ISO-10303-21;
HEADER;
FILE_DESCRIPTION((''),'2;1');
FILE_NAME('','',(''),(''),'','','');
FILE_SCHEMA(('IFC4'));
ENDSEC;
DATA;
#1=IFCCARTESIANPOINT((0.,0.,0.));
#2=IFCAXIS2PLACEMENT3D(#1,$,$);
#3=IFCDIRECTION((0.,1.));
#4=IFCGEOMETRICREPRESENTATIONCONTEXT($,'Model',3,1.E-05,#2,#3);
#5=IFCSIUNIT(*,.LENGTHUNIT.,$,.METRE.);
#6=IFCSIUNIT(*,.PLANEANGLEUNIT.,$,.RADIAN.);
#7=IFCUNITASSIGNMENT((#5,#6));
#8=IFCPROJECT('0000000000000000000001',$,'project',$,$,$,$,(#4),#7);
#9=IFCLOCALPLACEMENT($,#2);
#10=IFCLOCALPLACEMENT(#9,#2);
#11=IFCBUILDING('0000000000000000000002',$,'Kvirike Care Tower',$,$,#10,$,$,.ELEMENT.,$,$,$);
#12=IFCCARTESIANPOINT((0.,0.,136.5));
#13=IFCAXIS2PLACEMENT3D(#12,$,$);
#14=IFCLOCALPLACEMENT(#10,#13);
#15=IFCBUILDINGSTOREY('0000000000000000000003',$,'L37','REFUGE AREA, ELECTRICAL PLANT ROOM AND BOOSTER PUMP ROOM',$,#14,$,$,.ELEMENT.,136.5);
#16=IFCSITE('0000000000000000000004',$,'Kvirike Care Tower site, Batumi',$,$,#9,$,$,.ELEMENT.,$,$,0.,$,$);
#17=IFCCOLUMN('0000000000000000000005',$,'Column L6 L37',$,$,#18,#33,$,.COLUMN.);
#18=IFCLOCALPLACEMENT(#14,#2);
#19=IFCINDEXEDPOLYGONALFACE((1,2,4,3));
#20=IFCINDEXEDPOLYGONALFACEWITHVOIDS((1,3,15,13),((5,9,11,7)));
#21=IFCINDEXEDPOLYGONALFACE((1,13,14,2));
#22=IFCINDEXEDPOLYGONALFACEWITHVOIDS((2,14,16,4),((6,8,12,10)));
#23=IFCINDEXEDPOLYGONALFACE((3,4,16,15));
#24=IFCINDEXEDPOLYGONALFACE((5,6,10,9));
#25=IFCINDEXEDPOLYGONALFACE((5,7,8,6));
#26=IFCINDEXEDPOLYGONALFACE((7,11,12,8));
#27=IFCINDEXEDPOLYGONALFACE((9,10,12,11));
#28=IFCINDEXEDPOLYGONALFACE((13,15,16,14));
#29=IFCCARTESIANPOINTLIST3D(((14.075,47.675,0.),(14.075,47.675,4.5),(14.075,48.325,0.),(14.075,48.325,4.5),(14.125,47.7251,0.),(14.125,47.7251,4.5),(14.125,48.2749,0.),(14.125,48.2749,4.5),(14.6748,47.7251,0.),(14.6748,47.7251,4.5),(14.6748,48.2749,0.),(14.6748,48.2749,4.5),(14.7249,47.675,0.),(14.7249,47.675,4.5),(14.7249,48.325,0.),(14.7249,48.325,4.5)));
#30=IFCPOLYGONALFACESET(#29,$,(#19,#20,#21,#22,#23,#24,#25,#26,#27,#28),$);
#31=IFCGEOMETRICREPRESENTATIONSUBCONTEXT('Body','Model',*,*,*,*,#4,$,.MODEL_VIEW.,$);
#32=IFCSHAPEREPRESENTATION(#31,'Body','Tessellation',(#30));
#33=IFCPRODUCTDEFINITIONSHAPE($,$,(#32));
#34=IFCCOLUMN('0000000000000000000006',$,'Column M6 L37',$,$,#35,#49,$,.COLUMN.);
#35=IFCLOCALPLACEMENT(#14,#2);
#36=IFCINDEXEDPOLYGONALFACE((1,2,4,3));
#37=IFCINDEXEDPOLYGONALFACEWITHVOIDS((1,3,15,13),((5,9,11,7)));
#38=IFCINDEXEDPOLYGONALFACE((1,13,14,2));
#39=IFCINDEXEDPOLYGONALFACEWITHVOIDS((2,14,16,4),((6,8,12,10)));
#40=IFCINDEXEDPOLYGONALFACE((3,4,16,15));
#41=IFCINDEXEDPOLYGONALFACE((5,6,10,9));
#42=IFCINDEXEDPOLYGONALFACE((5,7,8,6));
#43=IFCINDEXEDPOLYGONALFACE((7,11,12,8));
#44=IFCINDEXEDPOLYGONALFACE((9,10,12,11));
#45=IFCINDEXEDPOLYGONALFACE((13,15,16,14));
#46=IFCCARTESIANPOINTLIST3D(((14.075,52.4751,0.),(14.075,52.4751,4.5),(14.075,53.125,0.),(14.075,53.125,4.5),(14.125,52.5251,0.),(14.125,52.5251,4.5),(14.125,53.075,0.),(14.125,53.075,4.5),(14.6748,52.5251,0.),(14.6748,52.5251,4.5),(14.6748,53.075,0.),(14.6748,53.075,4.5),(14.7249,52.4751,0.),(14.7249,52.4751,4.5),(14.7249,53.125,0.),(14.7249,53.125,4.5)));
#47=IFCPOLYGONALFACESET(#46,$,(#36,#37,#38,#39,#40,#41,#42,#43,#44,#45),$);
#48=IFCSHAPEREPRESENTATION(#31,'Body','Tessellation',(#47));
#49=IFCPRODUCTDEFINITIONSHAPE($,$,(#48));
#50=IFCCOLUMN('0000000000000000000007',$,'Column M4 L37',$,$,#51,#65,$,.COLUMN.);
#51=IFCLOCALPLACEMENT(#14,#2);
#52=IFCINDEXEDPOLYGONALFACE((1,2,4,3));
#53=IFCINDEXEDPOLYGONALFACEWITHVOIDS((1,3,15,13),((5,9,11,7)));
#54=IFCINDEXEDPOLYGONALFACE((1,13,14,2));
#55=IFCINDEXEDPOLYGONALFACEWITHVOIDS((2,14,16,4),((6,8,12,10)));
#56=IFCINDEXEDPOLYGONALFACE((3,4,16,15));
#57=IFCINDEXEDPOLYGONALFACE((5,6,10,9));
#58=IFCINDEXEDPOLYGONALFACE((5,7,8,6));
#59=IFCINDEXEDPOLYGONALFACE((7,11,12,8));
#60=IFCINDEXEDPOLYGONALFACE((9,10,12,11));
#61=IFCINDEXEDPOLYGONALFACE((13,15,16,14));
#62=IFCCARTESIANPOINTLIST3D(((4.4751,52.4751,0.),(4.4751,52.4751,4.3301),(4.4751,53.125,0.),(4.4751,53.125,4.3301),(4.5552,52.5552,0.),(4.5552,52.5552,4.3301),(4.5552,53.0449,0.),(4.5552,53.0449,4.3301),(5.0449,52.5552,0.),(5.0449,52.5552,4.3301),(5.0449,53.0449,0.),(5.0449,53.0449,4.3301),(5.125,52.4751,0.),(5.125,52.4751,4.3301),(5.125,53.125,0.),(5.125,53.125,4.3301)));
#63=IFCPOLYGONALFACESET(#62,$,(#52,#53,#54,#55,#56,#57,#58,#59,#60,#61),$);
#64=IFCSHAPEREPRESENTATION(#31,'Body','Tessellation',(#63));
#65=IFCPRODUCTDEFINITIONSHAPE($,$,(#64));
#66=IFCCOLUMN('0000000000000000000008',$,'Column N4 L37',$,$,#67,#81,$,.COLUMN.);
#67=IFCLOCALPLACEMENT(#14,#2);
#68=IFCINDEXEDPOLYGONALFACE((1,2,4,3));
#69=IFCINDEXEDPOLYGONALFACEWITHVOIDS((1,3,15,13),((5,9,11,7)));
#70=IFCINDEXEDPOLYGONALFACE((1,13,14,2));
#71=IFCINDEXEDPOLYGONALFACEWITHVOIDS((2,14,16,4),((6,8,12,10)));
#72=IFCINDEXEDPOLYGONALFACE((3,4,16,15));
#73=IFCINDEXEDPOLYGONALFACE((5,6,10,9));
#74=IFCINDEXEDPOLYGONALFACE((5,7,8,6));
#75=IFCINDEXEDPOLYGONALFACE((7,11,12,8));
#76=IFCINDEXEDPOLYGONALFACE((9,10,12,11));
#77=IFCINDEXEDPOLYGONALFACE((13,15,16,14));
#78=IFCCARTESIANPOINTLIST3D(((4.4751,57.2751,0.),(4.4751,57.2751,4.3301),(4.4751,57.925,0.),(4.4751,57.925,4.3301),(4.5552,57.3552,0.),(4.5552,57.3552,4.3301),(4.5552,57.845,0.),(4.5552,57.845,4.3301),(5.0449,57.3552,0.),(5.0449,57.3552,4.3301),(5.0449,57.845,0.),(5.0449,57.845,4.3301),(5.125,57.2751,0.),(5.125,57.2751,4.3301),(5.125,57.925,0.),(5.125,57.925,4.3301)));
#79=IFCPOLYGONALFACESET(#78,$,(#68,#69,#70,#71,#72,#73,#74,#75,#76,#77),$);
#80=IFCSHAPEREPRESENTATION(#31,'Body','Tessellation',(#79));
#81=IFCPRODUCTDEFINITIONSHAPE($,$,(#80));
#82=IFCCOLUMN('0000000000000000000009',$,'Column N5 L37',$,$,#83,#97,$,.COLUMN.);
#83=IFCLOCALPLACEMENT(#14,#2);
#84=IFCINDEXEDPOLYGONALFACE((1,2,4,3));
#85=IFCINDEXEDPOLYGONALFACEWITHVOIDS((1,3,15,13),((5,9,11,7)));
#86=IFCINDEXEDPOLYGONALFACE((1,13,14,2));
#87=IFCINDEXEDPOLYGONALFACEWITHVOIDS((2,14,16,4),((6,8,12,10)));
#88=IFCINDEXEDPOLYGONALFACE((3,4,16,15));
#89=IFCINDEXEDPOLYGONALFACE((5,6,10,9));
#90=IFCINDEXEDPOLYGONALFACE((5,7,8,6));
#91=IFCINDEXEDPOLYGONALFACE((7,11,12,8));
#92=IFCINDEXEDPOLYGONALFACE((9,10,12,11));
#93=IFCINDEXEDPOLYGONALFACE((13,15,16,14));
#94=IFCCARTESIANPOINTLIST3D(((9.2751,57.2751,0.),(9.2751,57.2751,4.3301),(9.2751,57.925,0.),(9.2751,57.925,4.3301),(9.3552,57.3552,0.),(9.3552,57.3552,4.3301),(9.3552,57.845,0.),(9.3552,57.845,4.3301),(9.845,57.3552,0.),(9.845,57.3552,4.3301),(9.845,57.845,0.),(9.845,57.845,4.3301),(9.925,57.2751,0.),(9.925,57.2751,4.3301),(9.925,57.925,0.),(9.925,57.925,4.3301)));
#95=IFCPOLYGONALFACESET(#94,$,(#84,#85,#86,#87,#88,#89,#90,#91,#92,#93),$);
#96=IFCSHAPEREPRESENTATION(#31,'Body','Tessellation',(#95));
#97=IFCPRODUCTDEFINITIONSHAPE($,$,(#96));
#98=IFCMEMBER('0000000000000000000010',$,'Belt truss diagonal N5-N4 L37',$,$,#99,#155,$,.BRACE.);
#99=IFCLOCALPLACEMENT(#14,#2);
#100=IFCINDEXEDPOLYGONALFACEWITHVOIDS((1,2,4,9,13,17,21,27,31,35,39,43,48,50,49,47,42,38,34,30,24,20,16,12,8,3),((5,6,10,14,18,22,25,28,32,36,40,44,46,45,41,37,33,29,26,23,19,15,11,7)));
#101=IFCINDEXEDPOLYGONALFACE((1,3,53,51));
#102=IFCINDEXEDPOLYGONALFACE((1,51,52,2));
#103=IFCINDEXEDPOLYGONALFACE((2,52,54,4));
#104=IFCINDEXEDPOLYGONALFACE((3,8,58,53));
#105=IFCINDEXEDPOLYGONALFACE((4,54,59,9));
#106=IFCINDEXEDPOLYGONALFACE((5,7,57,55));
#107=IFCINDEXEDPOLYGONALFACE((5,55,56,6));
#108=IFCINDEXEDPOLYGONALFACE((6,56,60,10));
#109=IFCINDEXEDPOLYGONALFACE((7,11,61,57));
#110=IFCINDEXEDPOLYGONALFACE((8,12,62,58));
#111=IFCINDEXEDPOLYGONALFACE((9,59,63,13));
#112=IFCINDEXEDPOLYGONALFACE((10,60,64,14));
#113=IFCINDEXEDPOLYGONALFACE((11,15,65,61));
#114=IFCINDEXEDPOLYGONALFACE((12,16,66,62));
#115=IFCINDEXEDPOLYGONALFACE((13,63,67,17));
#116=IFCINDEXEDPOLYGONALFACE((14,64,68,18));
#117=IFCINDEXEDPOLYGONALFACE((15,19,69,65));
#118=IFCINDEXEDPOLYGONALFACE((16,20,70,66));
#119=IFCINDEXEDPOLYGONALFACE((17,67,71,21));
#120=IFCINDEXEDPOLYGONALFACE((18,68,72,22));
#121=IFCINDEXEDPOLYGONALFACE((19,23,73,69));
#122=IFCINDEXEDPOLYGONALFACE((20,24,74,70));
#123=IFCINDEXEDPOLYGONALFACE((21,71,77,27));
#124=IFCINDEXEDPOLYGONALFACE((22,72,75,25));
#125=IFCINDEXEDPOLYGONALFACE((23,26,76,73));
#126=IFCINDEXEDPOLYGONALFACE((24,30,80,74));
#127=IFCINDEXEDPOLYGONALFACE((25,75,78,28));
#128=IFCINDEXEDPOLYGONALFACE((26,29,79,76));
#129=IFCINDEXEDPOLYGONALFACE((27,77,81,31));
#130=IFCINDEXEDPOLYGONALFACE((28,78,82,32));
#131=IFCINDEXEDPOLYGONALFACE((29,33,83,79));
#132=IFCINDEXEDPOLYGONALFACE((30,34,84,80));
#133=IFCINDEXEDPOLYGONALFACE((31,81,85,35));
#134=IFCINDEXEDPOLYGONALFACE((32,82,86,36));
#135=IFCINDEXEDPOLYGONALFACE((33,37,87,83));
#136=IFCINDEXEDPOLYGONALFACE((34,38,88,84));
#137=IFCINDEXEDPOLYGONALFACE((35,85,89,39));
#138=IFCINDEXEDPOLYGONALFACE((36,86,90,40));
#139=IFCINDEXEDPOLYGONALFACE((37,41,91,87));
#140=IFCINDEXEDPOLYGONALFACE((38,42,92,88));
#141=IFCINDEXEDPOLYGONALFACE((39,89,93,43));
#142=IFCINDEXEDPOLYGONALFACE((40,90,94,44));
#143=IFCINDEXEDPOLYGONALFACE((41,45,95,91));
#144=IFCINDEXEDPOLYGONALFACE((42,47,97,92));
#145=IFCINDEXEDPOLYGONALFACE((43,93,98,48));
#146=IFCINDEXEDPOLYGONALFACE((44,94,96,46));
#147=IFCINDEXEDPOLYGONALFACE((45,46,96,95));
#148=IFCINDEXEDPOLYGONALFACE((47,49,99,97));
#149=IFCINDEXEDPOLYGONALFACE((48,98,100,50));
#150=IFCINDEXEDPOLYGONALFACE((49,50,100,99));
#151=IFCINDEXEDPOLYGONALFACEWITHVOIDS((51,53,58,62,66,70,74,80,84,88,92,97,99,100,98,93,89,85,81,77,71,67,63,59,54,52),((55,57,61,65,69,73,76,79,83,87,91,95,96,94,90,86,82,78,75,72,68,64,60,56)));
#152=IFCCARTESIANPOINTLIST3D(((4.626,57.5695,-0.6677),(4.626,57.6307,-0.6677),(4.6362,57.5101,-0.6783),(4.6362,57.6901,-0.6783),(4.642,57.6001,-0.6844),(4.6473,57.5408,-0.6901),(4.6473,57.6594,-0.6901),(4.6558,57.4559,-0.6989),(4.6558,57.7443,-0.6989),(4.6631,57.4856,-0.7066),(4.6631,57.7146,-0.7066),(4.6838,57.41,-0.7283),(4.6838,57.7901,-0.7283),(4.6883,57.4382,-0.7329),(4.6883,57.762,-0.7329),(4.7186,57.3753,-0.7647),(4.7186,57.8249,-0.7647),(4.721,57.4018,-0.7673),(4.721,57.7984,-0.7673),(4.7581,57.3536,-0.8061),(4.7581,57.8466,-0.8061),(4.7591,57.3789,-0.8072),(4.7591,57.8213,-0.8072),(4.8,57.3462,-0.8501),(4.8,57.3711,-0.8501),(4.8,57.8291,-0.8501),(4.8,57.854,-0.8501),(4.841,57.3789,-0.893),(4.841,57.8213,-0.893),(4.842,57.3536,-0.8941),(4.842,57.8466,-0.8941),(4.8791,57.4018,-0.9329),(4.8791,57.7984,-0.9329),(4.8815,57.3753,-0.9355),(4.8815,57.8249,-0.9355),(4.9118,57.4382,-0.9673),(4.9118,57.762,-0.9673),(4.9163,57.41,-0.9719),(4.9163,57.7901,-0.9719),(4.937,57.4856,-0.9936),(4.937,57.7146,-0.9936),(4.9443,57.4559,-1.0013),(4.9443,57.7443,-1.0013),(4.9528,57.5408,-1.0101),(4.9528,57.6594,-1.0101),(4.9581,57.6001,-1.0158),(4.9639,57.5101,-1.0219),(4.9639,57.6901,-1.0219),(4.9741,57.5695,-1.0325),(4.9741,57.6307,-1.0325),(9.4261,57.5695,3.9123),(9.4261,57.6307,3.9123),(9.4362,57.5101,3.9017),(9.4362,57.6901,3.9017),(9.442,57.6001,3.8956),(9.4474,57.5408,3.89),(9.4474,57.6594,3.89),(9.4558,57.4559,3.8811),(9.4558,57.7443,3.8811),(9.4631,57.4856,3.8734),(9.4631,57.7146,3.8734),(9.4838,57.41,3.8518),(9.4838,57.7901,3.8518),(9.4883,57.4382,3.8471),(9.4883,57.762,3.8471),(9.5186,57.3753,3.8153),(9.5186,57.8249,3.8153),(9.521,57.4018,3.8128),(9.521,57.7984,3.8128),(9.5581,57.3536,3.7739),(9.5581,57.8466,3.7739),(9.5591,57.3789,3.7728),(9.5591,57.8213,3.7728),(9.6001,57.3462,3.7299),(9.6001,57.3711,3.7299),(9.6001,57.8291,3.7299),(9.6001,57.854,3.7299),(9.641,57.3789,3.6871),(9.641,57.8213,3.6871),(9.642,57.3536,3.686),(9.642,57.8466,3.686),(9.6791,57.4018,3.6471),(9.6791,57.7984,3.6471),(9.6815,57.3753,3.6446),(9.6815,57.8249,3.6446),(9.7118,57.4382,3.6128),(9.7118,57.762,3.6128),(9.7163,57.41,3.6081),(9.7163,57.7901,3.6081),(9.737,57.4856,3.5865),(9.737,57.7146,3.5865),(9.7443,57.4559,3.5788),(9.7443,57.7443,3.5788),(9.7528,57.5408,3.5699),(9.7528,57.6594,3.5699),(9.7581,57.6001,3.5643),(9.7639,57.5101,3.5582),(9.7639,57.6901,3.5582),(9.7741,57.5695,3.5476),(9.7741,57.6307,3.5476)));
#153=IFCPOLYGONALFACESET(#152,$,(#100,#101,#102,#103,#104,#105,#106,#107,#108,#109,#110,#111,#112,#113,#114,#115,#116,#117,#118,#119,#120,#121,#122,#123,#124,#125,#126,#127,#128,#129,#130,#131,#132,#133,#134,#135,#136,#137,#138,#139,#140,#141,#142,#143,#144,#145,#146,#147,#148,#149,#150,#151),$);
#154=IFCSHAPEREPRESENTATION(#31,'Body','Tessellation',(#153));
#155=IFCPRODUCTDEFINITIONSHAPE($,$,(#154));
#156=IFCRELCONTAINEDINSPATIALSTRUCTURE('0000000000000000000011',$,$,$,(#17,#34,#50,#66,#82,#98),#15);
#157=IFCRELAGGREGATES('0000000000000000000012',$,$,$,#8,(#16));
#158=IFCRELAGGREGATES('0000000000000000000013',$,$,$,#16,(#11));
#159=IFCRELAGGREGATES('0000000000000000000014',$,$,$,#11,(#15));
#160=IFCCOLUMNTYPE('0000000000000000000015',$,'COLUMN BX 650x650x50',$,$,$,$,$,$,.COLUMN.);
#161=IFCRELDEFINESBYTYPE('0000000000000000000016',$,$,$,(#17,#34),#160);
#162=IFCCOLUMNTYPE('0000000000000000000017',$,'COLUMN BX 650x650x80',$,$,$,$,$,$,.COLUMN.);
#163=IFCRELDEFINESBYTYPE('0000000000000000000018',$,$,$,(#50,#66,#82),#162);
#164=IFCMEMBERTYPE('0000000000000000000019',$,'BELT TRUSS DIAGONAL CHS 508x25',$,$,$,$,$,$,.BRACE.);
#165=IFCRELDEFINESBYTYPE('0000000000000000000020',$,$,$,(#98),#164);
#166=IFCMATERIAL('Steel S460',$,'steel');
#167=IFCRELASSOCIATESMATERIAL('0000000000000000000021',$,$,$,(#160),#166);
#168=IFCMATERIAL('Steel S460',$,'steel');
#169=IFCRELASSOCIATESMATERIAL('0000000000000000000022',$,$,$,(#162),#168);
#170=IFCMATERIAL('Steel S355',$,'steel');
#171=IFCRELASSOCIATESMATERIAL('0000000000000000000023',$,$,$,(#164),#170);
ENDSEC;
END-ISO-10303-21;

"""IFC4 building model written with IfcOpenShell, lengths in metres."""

from ifc_helpers import new_model, si_unit, direction, frame, origin, origin_2d, place, context, subcontext, project, spatial, hollow_rectangle, hollow_circle, extrude, material, material_profile, profile_set, type_object, element, save


model = new_model("IFC4")

# Units and contexts
model_context = context("Model", 3, precision=1e-05, world=origin(), true_north=direction((0.0, 1.0)))
body_context = subcontext(model_context, "Body", "Model", "MODEL_VIEW")
ifc_project = project(units=[si_unit("LENGTHUNIT", "METRE"), si_unit("PLANEANGLEUNIT", "RADIAN")], contexts=[model_context])

# Site, building, storey
site_placement = place(None, origin())
site = spatial("IfcSite", under=ifc_project, at=site_placement, Name="Kvirike Care Tower site, Batumi", CompositionType="ELEMENT", RefElevation=0.0)
building_placement = place(site_placement, origin())
building = spatial("IfcBuilding", under=site, at=building_placement, Name="Kvirike Care Tower", CompositionType="ELEMENT")
storey_placement = place(building_placement, frame((0.0, 0.0, 136.5)))
storey = spatial("IfcBuildingStorey", under=building, at=storey_placement, Name="L37", Description="REFUGE AREA, ELECTRICAL PLANT ROOM AND BOOSTER PUMP ROOM", CompositionType="ELEMENT", Elevation=136.5)

# Columns
ifc_material_1 = material(Name="Steel S460", Category="steel")
ifc_material_profile_1 = material_profile(ifc_material_1, hollow_rectangle(XDim=0.6499, YDim=0.6499, WallThickness=0.05, at=origin_2d()), Name="BX 650x650x50")
ifc_profile_set_1 = profile_set([ifc_material_profile_1], Name="Steel S460")
column_type_1 = type_object("IfcColumnType", Name="COLUMN BX 650x650x50", PredefinedType="COLUMN", material=ifc_profile_set_1)
for number, where, z_axis, x_axis, name in (
    (1, (14.3999, 48.0, 0.0), (0.0, 0.0, 1.0), (1.0, 0.0, 0.0), "Column L6 L37"),
    (2, (14.3999, 52.8, 0.0), (0.0, 0.0, 1.0), (1.0, 0.0, 0.0), "Column M6 L37"),
):
    element("IfcColumn", number, at=place(storey_placement, frame(where, z_axis=z_axis, x_axis=x_axis)), inside=storey, type_object=column_type_1, Name=name, PredefinedType="COLUMN", context=body_context, shape_type="SweptSolid", body=[
        extrude(hollow_rectangle(XDim=0.6499, YDim=0.6499, WallThickness=0.05, at=origin_2d()), origin(), (0.0, 0.0, 1.0), 4.5),
    ])
ifc_material_2 = material(Name="Steel S460", Category="steel")
ifc_material_profile_2 = material_profile(ifc_material_2, hollow_rectangle(XDim=0.6499, YDim=0.6499, WallThickness=0.0801, at=origin_2d()), Name="BX 650x650x80")
ifc_profile_set_2 = profile_set([ifc_material_profile_2], Name="Steel S460")
column_type_2 = type_object("IfcColumnType", Name="COLUMN BX 650x650x80", PredefinedType="COLUMN", material=ifc_profile_set_2)
for number, where, z_axis, x_axis, name in (
    (3, (4.8, 52.8, 0.0), (0.0, 0.0, 1.0), (0.0, 1.0, 0.0), "Column M4 L37"),
    (4, (4.8, 57.6001, 0.0), (0.0, 0.0, 1.0), (0.0, 1.0, 0.0), "Column N4 L37"),
    (5, (9.6001, 57.6001, 0.0), (0.0, 0.0, 1.0), (0.0, 1.0, 0.0), "Column N5 L37"),
):
    element("IfcColumn", number, at=place(storey_placement, frame(where, z_axis=z_axis, x_axis=x_axis)), inside=storey, type_object=column_type_2, Name=name, PredefinedType="COLUMN", context=body_context, shape_type="SweptSolid", body=[
        extrude(hollow_rectangle(XDim=0.6499, YDim=0.6499, WallThickness=0.0801, at=origin_2d()), origin(), (0.0, 0.0, 1.0), 4.3301),
    ])

# Member
ifc_material_3 = material(Name="Steel S355", Category="steel")
ifc_material_profile_3 = material_profile(ifc_material_3, hollow_circle(Radius=0.2539, WallThickness=0.0249, at=origin_2d()), Name="CHS 508x25")
ifc_profile_set_3 = profile_set([ifc_material_profile_3], Name="Steel S355")
member_type_1 = type_object("IfcMemberType", Name="BELT TRUSS DIAGONAL CHS 508x25", PredefinedType="BRACE", material=ifc_profile_set_3)
for number, where, z_axis, x_axis, name in (
    (6, (4.8, 57.6001, -0.8501), (0.72349, 0.0, 0.690335), (0.0, 1.0, 0.0), "Belt truss diagonal N5-N4 L37"),
):
    element("IfcMember", number, at=place(storey_placement, frame(where, z_axis=z_axis, x_axis=x_axis)), inside=storey, type_object=member_type_1, Name=name, PredefinedType="BRACE", context=body_context, shape_type="SweptSolid", body=[
        extrude(hollow_circle(Radius=0.2539, WallThickness=0.0249, at=origin_2d()), origin(), (0.0, 0.0, 1.0), 6.6345),
    ])

save(model, "model.ifc")
